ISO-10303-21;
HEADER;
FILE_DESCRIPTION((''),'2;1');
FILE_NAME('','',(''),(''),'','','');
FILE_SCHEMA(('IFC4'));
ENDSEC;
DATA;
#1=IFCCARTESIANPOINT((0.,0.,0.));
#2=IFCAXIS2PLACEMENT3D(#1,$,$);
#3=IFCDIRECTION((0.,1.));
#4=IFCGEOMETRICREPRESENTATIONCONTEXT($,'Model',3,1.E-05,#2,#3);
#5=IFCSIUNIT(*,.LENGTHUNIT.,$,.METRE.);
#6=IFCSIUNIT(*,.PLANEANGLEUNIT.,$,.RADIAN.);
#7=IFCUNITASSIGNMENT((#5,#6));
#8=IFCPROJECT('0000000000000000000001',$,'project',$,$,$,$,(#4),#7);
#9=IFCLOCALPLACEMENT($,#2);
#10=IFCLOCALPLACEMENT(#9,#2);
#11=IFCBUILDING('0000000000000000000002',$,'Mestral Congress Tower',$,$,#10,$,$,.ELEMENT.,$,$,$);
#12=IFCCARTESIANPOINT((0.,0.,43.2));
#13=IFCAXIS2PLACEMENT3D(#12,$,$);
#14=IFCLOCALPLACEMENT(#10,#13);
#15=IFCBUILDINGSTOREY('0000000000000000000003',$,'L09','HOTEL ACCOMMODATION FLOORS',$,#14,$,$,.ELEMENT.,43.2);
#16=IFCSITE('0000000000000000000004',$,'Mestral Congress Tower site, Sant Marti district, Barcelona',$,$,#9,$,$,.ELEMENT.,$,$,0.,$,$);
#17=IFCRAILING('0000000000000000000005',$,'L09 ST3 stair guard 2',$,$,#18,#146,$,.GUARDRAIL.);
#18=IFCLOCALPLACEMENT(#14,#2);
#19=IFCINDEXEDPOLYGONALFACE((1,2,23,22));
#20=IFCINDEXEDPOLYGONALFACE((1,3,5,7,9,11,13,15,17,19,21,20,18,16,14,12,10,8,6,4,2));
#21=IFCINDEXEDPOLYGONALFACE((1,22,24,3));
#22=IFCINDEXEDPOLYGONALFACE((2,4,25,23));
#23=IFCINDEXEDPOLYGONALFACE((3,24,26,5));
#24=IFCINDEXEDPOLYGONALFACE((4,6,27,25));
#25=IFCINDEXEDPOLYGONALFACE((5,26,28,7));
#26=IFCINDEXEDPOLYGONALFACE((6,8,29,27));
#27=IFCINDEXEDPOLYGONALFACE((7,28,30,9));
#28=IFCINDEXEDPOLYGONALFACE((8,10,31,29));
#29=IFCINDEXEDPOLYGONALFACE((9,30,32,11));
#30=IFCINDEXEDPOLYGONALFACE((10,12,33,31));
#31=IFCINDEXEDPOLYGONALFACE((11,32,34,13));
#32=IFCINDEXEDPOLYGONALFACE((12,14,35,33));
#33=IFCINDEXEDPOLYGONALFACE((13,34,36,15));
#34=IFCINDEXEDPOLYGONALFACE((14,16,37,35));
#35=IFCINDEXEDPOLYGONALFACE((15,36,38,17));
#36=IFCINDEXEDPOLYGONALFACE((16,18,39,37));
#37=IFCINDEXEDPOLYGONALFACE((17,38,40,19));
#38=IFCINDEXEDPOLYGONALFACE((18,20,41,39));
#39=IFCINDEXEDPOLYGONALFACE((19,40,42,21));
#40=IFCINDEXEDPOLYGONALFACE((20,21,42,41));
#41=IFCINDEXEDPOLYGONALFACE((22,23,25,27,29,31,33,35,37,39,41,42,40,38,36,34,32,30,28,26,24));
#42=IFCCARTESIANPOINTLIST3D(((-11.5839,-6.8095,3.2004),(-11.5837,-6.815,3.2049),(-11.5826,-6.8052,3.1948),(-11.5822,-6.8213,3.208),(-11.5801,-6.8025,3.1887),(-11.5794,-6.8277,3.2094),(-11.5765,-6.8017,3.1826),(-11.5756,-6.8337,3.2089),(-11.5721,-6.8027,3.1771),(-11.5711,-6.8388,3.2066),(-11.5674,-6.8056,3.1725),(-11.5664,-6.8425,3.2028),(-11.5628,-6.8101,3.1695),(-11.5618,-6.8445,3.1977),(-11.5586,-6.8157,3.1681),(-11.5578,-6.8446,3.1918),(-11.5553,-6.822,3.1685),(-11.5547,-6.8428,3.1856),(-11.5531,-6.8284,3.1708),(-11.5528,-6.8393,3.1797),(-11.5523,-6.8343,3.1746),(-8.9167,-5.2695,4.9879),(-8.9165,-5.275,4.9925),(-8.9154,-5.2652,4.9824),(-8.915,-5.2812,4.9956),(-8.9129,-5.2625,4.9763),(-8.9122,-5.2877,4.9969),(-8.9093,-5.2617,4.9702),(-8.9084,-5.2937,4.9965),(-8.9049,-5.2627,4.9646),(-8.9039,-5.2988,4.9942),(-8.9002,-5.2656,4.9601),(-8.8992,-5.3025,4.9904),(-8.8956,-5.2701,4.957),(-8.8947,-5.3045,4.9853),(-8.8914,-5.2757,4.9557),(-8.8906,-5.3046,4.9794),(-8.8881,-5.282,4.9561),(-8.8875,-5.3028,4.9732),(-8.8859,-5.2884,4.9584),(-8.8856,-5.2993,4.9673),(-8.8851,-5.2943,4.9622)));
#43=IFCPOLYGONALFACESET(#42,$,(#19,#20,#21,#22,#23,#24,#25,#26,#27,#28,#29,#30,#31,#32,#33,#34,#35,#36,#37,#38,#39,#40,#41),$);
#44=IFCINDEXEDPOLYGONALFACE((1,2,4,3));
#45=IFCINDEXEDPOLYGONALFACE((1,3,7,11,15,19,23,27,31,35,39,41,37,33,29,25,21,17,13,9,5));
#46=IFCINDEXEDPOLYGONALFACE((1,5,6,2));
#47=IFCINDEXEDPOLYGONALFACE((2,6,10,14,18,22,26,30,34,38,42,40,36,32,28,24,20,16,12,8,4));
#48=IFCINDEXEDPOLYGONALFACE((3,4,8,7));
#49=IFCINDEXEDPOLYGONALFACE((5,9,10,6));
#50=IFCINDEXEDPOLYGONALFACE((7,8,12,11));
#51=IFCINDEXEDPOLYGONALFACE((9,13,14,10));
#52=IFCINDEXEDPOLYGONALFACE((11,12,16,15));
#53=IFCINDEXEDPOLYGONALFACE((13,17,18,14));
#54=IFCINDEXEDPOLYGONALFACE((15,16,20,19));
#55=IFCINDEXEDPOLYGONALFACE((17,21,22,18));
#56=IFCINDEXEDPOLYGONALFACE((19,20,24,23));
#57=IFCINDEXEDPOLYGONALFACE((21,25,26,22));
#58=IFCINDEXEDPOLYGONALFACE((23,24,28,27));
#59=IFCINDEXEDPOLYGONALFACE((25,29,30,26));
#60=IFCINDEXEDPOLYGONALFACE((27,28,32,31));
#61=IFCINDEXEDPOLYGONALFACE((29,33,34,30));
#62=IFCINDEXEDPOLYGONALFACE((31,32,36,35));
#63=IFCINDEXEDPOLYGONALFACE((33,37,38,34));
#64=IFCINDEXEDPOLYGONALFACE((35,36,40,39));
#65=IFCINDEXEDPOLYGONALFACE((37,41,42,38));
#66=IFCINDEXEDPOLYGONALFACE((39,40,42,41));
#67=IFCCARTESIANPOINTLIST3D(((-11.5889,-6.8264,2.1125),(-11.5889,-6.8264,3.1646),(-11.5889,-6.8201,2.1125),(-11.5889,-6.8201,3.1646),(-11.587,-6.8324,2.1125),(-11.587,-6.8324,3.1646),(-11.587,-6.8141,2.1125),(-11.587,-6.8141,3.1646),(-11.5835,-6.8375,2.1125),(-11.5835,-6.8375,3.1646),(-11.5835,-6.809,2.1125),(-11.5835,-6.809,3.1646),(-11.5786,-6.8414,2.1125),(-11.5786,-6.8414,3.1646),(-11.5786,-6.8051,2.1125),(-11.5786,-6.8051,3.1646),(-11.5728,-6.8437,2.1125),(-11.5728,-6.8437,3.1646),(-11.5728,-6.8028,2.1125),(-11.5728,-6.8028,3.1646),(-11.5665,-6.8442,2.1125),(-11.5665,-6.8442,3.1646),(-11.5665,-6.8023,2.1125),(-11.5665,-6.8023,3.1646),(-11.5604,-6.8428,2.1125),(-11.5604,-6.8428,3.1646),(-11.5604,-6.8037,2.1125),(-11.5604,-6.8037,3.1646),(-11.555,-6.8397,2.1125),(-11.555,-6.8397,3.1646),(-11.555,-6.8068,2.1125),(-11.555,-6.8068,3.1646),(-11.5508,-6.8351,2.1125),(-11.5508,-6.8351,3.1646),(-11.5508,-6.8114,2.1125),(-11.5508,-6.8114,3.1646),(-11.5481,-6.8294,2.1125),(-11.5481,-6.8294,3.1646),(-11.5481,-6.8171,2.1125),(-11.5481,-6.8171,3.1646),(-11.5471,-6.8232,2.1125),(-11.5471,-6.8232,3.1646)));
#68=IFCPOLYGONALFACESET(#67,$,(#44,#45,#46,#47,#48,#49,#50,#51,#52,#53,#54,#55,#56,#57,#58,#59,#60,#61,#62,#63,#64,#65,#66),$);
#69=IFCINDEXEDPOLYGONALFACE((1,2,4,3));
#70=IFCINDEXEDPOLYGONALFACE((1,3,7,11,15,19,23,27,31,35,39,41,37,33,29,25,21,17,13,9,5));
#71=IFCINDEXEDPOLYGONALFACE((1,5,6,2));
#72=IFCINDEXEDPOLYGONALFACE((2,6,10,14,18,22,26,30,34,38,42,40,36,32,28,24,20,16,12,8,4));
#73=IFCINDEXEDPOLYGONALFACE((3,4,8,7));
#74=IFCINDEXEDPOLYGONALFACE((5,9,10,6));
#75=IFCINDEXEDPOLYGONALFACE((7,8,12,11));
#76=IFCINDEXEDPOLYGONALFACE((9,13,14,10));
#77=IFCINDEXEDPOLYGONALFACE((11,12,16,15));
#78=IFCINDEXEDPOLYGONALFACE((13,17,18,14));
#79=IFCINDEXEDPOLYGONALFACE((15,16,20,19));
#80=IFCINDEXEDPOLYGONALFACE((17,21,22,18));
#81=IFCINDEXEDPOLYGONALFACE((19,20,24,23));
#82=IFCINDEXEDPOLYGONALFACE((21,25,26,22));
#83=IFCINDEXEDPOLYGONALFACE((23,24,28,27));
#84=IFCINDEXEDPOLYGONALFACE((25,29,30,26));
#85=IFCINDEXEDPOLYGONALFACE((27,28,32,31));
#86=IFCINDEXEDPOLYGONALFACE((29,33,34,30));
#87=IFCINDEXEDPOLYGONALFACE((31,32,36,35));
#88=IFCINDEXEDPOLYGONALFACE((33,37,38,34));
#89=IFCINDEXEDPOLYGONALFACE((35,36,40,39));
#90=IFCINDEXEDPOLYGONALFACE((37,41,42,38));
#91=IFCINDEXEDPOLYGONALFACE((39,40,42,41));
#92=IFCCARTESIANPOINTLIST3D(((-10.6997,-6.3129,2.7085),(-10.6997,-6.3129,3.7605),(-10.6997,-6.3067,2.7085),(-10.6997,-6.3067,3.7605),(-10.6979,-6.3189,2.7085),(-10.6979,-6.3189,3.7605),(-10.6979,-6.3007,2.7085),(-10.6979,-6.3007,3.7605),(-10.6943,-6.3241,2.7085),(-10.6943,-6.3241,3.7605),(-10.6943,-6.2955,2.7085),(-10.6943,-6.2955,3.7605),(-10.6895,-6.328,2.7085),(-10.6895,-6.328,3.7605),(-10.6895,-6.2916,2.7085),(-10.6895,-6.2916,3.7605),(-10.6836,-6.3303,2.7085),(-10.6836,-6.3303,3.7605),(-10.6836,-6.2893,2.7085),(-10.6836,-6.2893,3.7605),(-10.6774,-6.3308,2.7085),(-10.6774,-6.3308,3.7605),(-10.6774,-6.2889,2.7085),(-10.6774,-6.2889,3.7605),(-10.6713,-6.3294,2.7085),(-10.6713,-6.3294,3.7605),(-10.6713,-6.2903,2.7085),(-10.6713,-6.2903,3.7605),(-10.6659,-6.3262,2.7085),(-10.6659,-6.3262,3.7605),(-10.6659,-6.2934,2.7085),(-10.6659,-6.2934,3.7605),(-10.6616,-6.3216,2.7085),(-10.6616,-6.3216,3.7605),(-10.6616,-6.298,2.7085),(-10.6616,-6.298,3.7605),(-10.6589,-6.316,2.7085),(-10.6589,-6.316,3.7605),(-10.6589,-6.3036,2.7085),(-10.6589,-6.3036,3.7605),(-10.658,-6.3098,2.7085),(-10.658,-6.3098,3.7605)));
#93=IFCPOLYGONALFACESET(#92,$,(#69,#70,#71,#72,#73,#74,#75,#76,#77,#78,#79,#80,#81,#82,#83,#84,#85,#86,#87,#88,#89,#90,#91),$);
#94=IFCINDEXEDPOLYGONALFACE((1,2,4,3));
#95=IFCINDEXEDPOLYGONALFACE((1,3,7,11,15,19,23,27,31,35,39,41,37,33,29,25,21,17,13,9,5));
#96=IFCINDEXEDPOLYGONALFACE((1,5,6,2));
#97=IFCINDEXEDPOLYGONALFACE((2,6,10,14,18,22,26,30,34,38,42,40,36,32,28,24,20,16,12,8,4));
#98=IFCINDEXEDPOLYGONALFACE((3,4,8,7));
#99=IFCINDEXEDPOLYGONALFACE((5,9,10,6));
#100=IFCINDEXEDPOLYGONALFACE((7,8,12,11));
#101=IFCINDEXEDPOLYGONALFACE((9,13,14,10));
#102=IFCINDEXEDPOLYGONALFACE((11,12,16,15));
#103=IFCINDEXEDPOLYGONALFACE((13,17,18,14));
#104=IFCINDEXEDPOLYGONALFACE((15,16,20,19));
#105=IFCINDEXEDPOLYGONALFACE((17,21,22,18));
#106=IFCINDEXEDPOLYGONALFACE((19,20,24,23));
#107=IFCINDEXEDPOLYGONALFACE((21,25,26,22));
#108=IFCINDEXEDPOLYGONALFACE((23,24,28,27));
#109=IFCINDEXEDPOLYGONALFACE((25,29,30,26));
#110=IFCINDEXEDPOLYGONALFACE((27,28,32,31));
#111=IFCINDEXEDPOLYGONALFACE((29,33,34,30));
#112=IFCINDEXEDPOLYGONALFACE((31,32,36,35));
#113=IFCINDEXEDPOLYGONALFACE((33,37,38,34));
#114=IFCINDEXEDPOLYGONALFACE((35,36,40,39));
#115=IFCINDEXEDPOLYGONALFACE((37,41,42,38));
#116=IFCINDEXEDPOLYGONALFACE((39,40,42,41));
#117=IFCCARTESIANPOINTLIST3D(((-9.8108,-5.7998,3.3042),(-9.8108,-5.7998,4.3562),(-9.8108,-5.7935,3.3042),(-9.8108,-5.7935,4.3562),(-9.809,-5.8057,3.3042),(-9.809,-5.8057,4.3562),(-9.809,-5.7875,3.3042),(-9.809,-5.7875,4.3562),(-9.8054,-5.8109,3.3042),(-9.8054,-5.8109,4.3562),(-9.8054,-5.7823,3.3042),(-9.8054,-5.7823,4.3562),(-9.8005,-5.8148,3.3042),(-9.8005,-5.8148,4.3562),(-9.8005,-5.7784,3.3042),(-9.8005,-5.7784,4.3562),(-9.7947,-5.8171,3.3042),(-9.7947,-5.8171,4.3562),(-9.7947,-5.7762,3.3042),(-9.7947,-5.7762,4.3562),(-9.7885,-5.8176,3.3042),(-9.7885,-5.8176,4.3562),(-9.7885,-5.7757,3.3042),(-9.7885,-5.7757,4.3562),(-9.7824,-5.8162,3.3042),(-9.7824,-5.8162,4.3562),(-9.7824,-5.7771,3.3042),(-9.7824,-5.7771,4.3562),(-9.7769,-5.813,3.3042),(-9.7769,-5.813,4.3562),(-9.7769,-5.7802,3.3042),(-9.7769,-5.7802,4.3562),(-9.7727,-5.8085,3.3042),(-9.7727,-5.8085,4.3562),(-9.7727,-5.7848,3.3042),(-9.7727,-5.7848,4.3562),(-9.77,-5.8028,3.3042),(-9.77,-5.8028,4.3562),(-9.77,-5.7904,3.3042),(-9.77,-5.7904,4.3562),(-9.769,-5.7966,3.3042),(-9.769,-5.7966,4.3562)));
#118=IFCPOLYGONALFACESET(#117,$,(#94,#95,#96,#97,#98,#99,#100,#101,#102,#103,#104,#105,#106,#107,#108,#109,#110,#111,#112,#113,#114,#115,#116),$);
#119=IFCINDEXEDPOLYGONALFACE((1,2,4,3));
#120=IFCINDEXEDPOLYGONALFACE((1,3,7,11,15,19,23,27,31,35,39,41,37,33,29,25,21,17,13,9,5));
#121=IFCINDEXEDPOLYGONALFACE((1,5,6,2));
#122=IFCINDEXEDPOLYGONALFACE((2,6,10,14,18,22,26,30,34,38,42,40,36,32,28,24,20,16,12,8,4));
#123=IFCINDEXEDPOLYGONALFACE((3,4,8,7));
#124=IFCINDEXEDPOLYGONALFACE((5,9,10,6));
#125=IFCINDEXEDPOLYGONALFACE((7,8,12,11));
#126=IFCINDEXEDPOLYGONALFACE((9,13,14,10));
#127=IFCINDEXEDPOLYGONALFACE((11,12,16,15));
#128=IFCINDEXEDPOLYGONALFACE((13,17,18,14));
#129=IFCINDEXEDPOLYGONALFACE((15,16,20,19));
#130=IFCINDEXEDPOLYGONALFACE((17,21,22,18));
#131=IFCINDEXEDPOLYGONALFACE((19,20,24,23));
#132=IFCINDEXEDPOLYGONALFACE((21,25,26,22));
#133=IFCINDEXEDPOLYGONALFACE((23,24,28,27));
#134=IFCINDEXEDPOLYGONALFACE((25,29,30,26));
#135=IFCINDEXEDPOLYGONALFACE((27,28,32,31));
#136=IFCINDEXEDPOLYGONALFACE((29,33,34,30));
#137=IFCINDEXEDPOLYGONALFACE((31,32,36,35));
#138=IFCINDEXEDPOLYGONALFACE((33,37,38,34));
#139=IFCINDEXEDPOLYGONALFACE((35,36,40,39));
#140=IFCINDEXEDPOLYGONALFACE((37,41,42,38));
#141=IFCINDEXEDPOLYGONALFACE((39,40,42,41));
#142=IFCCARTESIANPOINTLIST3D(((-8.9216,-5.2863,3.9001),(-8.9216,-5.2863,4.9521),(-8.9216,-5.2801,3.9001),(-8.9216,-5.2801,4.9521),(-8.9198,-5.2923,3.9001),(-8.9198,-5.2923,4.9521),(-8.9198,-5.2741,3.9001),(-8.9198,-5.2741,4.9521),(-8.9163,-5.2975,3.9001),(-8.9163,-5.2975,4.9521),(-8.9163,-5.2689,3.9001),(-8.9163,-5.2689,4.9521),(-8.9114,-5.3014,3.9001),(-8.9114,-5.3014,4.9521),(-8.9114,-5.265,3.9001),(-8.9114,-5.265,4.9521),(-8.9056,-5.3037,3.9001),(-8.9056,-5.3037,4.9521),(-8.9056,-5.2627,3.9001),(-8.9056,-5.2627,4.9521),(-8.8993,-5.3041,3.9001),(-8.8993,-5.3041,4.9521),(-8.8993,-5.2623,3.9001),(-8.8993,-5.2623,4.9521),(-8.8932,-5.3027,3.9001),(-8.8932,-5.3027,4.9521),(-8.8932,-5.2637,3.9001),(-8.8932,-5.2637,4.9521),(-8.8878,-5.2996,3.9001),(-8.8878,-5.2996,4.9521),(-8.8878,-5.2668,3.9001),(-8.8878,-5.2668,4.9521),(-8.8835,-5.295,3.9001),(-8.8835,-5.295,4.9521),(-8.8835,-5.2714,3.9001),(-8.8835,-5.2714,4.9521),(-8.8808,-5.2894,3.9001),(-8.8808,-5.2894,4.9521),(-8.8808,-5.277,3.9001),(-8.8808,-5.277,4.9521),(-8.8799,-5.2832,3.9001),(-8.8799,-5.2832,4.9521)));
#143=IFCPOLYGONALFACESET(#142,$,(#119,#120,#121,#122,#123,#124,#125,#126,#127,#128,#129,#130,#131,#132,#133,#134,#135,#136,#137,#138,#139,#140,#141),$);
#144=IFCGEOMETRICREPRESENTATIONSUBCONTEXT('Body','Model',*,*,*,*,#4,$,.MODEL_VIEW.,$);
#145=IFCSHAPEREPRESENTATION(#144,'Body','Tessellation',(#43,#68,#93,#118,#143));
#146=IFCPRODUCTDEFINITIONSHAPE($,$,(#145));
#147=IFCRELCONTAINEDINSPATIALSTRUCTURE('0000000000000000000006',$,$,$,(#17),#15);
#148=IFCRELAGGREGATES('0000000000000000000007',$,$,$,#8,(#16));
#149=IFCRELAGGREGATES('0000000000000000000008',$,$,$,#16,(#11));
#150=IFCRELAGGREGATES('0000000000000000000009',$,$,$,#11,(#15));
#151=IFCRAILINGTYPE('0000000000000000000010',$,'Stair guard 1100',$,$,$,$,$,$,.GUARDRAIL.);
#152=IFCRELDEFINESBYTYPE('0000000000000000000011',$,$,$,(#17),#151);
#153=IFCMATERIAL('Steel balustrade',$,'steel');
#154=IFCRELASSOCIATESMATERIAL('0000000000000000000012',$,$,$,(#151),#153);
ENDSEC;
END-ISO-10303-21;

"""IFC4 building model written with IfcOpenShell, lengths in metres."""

from ifc_helpers import new_model, si_unit, direction, frame, origin, origin_2d, place, context, subcontext, project, spatial, circle, extrude, material, type_object, element, save


model = new_model("IFC4")

# Units and contexts
model_context = context("Model", 3, precision=1e-05, world=origin(), true_north=direction((0.0, 1.0)))
body_context = subcontext(model_context, "Body", "Model", "MODEL_VIEW")
ifc_project = project(units=[si_unit("LENGTHUNIT", "METRE"), si_unit("PLANEANGLEUNIT", "RADIAN")], contexts=[model_context])

# Site, building, storey
site_placement = place(None, origin())
site = spatial("IfcSite", under=ifc_project, at=site_placement, Name="Mestral Congress Tower site, Sant Marti district, Barcelona", CompositionType="ELEMENT", RefElevation=0.0)
building_placement = place(site_placement, origin())
building = spatial("IfcBuilding", under=site, at=building_placement, Name="Mestral Congress Tower", CompositionType="ELEMENT")
storey_placement = place(building_placement, frame((0.0, 0.0, 43.2)))
storey = spatial("IfcBuildingStorey", under=building, at=storey_placement, Name="L09", Description="HOTEL ACCOMMODATION FLOORS", CompositionType="ELEMENT", Elevation=43.2)

# Railing
ifc_material_1 = material(Name="Steel balustrade", Category="steel")
railing_type_1 = type_object("IfcRailingType", Name="Stair guard 1100", PredefinedType="GUARDRAIL", material=ifc_material_1)
railing_1_placement = place(storey_placement, frame((-11.5681, -6.8232, 2.1125)))
element("IfcRailing", 1, at=railing_1_placement, inside=storey, type_object=railing_type_1, Name="L09 ST3 stair guard 2", PredefinedType="GUARDRAIL", context=body_context, shape_type="SweptSolid", body=[
    extrude(circle(Radius=0.0239, at=origin_2d()), frame((0.0, 0.0, 1.0762), z_axis=(0.748994, 0.432463, 0.50198), x_axis=(-0.500027, 0.86601, 0.0)), (0.0, 0.0, 1.0), 3.561),
    extrude(circle(Radius=0.021, at=origin_2d()), origin(), (0.0, 0.0, 1.0), 1.052),
    extrude(circle(Radius=0.021, at=origin_2d()), frame((0.8892, 0.5134, 0.5959)), (0.0, 0.0, 1.0), 1.052),
    extrude(circle(Radius=0.021, at=origin_2d()), frame((1.7781, 1.0266, 1.1917)), (0.0, 0.0, 1.0), 1.052),
    extrude(circle(Radius=0.021, at=origin_2d()), frame((2.6672, 1.54, 1.7876)), (0.0, 0.0, 1.0), 1.052),
])

save(model, "model.ifc")
